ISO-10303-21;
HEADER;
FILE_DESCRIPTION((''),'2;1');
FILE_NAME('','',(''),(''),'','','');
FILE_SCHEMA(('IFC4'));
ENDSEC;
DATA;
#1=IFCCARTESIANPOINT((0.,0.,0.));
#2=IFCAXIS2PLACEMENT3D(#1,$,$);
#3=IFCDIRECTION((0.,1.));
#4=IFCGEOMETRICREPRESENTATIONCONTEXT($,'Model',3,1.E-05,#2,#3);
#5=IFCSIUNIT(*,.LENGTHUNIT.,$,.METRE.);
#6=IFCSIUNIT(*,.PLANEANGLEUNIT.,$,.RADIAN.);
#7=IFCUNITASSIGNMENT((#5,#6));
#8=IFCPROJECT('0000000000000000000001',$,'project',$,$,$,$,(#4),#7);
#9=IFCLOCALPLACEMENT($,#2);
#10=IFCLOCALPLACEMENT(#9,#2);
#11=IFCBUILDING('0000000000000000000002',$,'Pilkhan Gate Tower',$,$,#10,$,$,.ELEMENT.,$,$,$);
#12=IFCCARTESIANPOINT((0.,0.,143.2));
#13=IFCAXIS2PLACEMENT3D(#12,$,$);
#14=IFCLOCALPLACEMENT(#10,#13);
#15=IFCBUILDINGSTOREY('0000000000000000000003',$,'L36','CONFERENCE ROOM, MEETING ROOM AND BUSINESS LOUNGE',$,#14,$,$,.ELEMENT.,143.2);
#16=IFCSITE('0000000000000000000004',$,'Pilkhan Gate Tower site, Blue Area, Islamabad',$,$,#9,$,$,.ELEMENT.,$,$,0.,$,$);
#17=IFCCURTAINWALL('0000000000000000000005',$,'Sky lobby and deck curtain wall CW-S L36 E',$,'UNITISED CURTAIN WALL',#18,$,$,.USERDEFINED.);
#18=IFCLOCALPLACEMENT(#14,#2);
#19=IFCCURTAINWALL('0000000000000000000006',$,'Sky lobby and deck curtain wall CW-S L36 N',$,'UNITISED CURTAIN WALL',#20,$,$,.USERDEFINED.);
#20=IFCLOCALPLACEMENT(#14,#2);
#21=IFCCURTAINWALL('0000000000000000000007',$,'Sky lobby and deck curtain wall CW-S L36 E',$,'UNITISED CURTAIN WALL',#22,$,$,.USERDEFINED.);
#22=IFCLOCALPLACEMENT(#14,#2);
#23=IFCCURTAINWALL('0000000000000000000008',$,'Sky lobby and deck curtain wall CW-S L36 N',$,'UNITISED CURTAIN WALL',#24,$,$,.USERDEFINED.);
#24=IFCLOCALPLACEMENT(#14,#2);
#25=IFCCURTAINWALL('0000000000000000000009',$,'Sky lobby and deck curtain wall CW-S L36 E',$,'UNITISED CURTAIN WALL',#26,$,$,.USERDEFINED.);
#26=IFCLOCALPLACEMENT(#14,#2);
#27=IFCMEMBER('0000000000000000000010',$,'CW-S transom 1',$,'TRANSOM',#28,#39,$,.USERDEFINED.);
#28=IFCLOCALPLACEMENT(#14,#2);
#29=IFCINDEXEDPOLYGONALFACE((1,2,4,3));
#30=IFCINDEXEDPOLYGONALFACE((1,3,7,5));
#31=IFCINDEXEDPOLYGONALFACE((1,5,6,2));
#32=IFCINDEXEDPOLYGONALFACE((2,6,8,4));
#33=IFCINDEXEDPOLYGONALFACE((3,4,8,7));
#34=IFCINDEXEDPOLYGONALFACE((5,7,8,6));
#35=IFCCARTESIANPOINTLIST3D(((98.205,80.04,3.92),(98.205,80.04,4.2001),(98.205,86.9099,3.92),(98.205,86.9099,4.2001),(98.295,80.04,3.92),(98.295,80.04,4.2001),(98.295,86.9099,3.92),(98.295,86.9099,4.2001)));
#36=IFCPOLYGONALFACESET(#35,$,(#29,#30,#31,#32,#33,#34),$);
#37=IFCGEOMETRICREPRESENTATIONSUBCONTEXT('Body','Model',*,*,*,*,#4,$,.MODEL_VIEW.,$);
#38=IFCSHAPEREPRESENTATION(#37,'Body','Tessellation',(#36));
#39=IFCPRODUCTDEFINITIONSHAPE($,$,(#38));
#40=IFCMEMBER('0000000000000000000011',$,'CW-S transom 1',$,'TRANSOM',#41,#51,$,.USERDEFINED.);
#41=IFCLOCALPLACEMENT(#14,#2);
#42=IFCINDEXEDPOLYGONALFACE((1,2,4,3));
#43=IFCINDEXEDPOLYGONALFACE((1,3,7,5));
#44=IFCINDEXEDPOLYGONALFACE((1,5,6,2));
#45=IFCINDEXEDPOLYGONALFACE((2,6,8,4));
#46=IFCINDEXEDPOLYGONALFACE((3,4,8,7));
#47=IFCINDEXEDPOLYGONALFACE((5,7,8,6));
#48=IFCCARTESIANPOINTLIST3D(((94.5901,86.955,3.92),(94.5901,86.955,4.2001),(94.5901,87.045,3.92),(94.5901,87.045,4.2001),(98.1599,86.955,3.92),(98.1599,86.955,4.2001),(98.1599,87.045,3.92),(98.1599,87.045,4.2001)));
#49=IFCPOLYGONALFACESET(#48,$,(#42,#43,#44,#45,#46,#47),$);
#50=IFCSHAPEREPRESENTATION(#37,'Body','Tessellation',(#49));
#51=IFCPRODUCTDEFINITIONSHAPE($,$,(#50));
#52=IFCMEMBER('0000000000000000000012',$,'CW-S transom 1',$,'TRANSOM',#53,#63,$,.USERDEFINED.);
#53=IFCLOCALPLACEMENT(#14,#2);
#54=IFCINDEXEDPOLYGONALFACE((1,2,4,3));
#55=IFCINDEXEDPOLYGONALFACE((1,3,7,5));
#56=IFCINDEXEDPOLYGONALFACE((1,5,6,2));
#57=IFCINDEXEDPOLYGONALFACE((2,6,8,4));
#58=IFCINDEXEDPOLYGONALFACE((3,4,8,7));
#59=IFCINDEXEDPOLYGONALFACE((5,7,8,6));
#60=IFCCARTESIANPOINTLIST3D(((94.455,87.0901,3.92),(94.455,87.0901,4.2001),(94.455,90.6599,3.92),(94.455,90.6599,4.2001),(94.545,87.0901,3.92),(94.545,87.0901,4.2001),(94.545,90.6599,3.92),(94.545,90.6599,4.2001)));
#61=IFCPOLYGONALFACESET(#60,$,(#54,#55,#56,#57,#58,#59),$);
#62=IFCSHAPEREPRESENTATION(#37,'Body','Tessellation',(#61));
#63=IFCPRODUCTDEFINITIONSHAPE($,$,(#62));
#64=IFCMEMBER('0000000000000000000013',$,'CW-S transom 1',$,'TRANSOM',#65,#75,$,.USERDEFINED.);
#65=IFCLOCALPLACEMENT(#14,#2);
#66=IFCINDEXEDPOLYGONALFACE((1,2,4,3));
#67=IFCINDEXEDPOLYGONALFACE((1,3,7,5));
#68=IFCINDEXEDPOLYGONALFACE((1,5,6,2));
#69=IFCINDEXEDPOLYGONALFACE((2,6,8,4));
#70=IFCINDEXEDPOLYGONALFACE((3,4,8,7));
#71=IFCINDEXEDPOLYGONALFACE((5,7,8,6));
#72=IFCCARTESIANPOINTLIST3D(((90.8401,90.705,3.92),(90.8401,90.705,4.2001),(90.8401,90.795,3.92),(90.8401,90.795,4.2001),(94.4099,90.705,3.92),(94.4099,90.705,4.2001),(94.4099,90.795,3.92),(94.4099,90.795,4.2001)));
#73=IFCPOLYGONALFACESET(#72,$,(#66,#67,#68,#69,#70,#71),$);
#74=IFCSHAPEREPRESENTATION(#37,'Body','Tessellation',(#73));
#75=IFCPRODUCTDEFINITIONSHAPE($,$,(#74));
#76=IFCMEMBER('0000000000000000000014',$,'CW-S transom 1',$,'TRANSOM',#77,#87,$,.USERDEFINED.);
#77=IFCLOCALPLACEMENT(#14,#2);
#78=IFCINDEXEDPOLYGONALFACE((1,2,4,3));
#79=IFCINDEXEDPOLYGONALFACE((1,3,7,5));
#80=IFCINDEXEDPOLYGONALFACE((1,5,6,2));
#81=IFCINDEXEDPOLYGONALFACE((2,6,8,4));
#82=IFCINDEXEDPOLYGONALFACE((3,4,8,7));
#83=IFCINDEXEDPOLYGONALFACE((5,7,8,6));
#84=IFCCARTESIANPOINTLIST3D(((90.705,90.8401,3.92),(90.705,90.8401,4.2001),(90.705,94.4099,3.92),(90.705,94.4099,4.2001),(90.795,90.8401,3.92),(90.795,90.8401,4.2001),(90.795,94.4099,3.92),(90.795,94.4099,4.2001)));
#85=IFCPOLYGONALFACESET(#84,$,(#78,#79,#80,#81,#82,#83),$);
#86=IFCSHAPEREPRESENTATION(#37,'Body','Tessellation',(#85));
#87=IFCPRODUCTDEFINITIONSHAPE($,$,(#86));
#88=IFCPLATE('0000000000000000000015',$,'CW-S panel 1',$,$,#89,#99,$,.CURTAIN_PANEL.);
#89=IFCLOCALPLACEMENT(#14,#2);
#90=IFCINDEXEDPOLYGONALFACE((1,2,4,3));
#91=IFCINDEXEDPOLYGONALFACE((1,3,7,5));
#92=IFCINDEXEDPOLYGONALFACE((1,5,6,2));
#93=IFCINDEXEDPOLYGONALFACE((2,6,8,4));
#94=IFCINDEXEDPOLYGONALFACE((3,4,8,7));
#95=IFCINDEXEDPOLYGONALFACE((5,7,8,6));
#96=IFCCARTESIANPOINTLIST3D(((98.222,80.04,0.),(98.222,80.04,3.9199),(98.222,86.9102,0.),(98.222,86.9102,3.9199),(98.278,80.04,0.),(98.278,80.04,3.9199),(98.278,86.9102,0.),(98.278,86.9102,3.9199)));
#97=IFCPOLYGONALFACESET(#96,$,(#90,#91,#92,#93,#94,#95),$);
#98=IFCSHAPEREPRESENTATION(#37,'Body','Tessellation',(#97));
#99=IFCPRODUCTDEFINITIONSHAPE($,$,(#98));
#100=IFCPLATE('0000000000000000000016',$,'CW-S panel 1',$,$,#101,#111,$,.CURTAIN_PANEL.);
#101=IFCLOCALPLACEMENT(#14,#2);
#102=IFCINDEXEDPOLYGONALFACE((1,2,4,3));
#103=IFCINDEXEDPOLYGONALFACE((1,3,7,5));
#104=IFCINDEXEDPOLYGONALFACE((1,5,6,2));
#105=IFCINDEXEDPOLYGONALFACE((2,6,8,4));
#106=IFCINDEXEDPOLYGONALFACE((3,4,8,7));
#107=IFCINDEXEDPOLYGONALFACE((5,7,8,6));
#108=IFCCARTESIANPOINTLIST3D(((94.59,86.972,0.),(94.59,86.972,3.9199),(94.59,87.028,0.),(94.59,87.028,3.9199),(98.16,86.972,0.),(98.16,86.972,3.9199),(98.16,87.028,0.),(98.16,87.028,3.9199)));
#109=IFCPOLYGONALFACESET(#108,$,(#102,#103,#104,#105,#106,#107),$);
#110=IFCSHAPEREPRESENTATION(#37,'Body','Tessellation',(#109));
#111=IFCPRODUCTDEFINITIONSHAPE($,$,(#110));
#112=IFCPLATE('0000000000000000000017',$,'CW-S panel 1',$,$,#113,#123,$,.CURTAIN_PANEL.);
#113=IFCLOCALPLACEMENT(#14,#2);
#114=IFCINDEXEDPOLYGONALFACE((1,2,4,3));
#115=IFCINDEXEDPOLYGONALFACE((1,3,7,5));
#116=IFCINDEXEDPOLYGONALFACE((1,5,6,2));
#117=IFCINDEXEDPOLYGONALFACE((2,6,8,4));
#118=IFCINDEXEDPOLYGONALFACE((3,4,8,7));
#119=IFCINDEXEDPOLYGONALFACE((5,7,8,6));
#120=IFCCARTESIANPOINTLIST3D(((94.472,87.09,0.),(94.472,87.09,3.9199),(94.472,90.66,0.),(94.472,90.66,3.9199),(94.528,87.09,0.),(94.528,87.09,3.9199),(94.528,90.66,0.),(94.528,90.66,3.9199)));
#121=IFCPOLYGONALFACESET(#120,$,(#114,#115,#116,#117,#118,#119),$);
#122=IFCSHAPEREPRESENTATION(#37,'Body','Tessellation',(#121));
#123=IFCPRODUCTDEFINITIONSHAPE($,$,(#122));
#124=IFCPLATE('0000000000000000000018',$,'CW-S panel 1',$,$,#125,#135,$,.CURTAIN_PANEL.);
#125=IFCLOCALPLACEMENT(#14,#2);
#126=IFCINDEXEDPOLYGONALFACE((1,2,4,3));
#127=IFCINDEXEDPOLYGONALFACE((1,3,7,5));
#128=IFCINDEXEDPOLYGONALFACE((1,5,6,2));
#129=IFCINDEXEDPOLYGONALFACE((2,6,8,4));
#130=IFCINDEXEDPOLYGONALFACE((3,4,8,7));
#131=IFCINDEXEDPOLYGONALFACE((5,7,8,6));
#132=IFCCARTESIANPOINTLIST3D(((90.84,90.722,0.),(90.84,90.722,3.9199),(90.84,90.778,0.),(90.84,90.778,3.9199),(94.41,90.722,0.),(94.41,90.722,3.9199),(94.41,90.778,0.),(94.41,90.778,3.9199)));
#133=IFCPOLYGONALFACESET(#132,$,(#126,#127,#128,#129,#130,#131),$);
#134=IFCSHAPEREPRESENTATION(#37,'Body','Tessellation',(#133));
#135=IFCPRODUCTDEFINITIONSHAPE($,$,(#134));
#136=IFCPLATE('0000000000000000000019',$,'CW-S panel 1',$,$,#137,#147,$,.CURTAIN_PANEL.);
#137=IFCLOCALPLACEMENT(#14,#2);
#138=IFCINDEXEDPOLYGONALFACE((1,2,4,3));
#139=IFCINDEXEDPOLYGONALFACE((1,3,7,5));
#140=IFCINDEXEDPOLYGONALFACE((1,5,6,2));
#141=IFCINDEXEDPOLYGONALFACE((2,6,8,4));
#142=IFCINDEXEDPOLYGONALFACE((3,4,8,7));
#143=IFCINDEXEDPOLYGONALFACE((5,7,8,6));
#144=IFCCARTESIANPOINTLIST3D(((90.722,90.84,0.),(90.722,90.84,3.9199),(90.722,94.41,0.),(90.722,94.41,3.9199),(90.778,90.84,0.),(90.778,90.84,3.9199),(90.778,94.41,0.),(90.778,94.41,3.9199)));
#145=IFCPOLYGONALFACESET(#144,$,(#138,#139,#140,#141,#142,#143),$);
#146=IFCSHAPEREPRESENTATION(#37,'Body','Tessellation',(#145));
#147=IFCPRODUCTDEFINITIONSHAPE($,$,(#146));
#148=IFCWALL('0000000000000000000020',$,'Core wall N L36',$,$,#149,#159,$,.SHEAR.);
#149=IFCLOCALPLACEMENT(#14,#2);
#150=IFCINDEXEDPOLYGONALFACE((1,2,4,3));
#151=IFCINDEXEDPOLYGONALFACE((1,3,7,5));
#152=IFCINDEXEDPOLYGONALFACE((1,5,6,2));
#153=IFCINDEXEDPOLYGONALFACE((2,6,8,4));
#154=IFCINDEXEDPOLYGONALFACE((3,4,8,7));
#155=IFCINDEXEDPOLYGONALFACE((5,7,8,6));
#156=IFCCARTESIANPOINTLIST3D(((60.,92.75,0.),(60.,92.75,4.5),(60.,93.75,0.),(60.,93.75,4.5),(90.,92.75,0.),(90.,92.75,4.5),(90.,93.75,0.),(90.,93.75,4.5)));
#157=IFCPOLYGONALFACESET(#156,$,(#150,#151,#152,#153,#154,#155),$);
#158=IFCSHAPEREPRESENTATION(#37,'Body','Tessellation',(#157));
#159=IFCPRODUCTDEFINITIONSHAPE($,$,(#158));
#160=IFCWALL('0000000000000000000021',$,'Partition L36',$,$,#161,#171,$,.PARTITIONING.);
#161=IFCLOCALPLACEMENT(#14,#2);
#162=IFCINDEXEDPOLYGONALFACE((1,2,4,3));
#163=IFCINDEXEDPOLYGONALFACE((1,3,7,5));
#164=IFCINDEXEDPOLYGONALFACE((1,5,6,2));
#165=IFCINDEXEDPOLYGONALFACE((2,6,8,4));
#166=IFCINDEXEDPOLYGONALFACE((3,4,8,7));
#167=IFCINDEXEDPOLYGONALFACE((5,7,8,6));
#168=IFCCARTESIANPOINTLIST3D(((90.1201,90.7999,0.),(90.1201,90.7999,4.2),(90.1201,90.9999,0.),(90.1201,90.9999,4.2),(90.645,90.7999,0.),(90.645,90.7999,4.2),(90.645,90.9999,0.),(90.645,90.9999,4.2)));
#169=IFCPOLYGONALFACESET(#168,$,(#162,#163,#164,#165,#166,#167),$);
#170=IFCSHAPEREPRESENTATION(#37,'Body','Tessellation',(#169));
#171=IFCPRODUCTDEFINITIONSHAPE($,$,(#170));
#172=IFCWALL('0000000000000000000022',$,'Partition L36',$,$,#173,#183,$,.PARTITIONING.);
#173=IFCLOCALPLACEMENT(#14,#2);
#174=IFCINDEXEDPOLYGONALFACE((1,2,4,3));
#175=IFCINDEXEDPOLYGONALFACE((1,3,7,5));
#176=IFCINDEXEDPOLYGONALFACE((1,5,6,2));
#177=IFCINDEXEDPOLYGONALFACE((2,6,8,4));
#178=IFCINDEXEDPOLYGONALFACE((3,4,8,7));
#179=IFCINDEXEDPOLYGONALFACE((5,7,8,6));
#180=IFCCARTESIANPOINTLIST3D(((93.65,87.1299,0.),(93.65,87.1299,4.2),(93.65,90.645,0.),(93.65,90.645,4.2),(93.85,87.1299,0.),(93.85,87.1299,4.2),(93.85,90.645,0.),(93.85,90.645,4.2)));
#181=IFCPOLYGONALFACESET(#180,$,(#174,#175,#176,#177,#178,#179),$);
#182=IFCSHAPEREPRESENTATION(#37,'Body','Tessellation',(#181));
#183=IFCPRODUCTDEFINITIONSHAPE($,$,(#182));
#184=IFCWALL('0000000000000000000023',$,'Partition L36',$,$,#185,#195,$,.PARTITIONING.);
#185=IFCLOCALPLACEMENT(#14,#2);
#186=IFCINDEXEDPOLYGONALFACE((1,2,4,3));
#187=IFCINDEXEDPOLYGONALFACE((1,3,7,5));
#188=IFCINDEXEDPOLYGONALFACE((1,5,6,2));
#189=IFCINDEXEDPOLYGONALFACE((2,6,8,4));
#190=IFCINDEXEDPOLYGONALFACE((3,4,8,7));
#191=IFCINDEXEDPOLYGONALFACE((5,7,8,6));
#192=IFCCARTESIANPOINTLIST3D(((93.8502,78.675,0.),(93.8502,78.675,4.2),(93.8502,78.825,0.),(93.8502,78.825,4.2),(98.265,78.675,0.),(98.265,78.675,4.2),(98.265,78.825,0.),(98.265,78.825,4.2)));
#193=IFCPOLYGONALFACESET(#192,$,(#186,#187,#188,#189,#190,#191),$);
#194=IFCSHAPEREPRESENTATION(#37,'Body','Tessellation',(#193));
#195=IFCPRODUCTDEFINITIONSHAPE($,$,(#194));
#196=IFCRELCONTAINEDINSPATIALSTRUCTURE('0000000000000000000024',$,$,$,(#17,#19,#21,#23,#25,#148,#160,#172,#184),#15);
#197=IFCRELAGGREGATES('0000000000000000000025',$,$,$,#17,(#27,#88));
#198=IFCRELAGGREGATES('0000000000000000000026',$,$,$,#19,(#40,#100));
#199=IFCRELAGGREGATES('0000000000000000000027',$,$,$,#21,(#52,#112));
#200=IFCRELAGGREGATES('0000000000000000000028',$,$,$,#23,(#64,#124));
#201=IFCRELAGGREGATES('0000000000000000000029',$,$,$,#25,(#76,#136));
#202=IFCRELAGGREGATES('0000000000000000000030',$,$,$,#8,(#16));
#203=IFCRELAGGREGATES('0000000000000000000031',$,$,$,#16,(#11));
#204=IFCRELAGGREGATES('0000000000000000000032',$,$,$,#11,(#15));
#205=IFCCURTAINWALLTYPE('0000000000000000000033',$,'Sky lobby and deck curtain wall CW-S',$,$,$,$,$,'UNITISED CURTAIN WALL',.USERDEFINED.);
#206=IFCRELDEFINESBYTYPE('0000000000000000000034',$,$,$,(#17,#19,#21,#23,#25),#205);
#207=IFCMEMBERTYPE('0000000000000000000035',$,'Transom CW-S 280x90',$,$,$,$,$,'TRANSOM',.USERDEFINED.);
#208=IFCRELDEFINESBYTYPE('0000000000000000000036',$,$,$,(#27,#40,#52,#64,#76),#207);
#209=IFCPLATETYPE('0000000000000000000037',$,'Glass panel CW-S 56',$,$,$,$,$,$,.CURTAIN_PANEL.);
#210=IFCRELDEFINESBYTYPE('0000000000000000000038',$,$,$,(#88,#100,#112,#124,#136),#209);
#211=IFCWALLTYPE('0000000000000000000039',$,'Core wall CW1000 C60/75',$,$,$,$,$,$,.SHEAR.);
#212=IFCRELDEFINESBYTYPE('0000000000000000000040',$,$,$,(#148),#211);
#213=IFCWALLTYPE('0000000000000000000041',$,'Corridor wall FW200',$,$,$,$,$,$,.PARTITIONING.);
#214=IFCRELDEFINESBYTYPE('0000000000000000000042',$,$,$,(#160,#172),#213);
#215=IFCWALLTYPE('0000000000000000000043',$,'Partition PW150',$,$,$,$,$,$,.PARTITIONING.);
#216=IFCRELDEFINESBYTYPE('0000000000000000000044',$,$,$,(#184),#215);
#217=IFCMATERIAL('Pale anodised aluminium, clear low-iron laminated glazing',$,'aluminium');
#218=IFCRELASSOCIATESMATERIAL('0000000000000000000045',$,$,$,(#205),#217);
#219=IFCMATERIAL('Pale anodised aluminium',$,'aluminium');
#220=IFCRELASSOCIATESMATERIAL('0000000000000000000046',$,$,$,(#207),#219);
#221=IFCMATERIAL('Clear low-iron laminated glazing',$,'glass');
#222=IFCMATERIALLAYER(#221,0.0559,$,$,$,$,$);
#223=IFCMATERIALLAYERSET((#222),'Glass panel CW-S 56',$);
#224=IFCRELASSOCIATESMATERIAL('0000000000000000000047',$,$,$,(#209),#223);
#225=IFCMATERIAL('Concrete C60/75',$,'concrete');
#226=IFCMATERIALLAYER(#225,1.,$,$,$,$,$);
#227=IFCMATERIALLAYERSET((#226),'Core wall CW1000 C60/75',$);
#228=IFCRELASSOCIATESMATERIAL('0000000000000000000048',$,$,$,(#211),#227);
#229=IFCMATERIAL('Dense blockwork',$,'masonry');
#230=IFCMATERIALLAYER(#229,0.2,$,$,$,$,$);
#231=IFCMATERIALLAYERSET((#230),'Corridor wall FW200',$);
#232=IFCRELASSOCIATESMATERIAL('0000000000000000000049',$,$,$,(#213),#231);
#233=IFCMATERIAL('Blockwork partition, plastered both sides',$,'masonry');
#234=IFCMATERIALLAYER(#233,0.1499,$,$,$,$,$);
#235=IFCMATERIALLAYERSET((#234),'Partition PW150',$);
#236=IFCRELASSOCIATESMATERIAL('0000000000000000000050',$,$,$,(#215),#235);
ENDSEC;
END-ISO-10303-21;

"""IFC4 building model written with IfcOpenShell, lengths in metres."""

from ifc_helpers import new_model, si_unit, direction, frame, frame_2d, origin, origin_2d, place, context, subcontext, project, spatial, rectangle, extrude, material, layer, layer_set, material_profile, profile_set, type_object, element, aggregate, save


model = new_model("IFC4")

# Units and contexts
model_context = context("Model", 3, precision=1e-05, world=origin(), true_north=direction((0.0, 1.0)))
body_context = subcontext(model_context, "Body", "Model", "MODEL_VIEW")
ifc_project = project(units=[si_unit("LENGTHUNIT", "METRE"), si_unit("PLANEANGLEUNIT", "RADIAN")], contexts=[model_context])

# Site, building, storey
site_placement = place(None, origin())
site = spatial("IfcSite", under=ifc_project, at=site_placement, Name="Pilkhan Gate Tower site, Blue Area, Islamabad", CompositionType="ELEMENT", RefElevation=0.0)
building_placement = place(site_placement, origin())
building = spatial("IfcBuilding", under=site, at=building_placement, Name="Pilkhan Gate Tower", CompositionType="ELEMENT")
storey_placement = place(building_placement, frame((0.0, 0.0, 143.2)))
storey = spatial("IfcBuildingStorey", under=building, at=storey_placement, Name="L36", Description="CONFERENCE ROOM, MEETING ROOM AND BUSINESS LOUNGE", CompositionType="ELEMENT", Elevation=143.2)

# Shared definitions
ifc_material_1 = material(Name="Concrete C60/75", Category="concrete")

# Shared definitions
ifc_material_2 = material(Name="Pale anodised aluminium, clear low-iron laminated glazing", Category="aluminium")
curtain_wall_type = type_object("IfcCurtainWallType", Name="Sky lobby and deck curtain wall CW-S", ElementType="UNITISED CURTAIN WALL", PredefinedType="USERDEFINED", material=ifc_material_2)
ifc_material_3 = material(Name="Pale anodised aluminium", Category="aluminium")

# Curtain walls
curtain_wall_1_placement = place(storey_placement, origin())
curtain_wall_1 = element("IfcCurtainWall", 1, at=curtain_wall_1_placement, inside=storey, type_object=curtain_wall_type, Name="Sky lobby and deck curtain wall CW-S L36 E", ObjectType="UNITISED CURTAIN WALL", PredefinedType="USERDEFINED")
curtain_wall_2_placement = place(storey_placement, origin())
curtain_wall_2 = element("IfcCurtainWall", 2, at=curtain_wall_2_placement, inside=storey, type_object=curtain_wall_type, Name="Sky lobby and deck curtain wall CW-S L36 N", ObjectType="UNITISED CURTAIN WALL", PredefinedType="USERDEFINED")
curtain_wall_3_placement = place(storey_placement, origin())
curtain_wall_3 = element("IfcCurtainWall", 3, at=curtain_wall_3_placement, inside=storey, type_object=curtain_wall_type, Name="Sky lobby and deck curtain wall CW-S L36 E", ObjectType="UNITISED CURTAIN WALL", PredefinedType="USERDEFINED")
curtain_wall_4_placement = place(storey_placement, origin())
curtain_wall_4 = element("IfcCurtainWall", 4, at=curtain_wall_4_placement, inside=storey, type_object=curtain_wall_type, Name="Sky lobby and deck curtain wall CW-S L36 N", ObjectType="UNITISED CURTAIN WALL", PredefinedType="USERDEFINED")
curtain_wall_5_placement = place(storey_placement, origin())
curtain_wall_5 = element("IfcCurtainWall", 5, at=curtain_wall_5_placement, inside=storey, type_object=curtain_wall_type, Name="Sky lobby and deck curtain wall CW-S L36 E", ObjectType="UNITISED CURTAIN WALL", PredefinedType="USERDEFINED")

# Members
ifc_material_profile_1 = material_profile(ifc_material_3, rectangle(XDim=0.0901, YDim=0.28, at=origin_2d()), Name="Transom 280x90")
ifc_profile_set_1 = profile_set([ifc_material_profile_1], Name="Pale anodised aluminium")
member_type_1 = type_object("IfcMemberType", Name="Transom CW-S 280x90", ElementType="TRANSOM", PredefinedType="USERDEFINED", material=ifc_profile_set_1)
member_1_placement = place(storey_placement, frame((98.25, 80.04, 4.0601), z_axis=(0.0, 1.0, 0.0), x_axis=(-1.0, 0.0, 0.0)))
member_1 = element("IfcMember", 6, at=member_1_placement, type_object=member_type_1, Name="CW-S transom 1", ObjectType="TRANSOM", PredefinedType="USERDEFINED", context=body_context, shape_type="SweptSolid", body=[
    extrude(rectangle(XDim=0.0901, YDim=0.28, at=origin_2d()), origin(), (0.0, 0.0, 1.0), 6.8699),
])
member_2_placement = place(storey_placement, frame((94.5901, 87.0, 4.0601), z_axis=(1.0, 0.0, 0.0), x_axis=(0.0, 1.0, 0.0)))
member_2 = element("IfcMember", 7, at=member_2_placement, type_object=member_type_1, Name="CW-S transom 1", ObjectType="TRANSOM", PredefinedType="USERDEFINED", context=body_context, shape_type="SweptSolid", body=[
    extrude(rectangle(XDim=0.0901, YDim=0.28, at=origin_2d()), origin(), (0.0, 0.0, 1.0), 3.5698),
])
member_3_placement = place(storey_placement, frame((94.5, 87.0901, 4.0601), z_axis=(0.0, 1.0, 0.0), x_axis=(-1.0, 0.0, 0.0)))
member_3 = element("IfcMember", 8, at=member_3_placement, type_object=member_type_1, Name="CW-S transom 1", ObjectType="TRANSOM", PredefinedType="USERDEFINED", context=body_context, shape_type="SweptSolid", body=[
    extrude(rectangle(XDim=0.0901, YDim=0.28, at=origin_2d()), origin(), (0.0, 0.0, 1.0), 3.5698),
])
member_4_placement = place(storey_placement, frame((90.8401, 90.75, 4.0601), z_axis=(1.0, 0.0, 0.0), x_axis=(0.0, 1.0, 0.0)))
member_4 = element("IfcMember", 9, at=member_4_placement, type_object=member_type_1, Name="CW-S transom 1", ObjectType="TRANSOM", PredefinedType="USERDEFINED", context=body_context, shape_type="SweptSolid", body=[
    extrude(rectangle(XDim=0.0901, YDim=0.28, at=origin_2d()), origin(), (0.0, 0.0, 1.0), 3.5698),
])
member_5_placement = place(storey_placement, frame((90.75, 90.8401, 4.0601), z_axis=(0.0, 1.0, 0.0), x_axis=(-1.0, 0.0, 0.0)))
member_5 = element("IfcMember", 10, at=member_5_placement, type_object=member_type_1, Name="CW-S transom 1", ObjectType="TRANSOM", PredefinedType="USERDEFINED", context=body_context, shape_type="SweptSolid", body=[
    extrude(rectangle(XDim=0.0901, YDim=0.28, at=origin_2d()), origin(), (0.0, 0.0, 1.0), 3.5698),
])

# Plates
ifc_material_4 = material(Name="Clear low-iron laminated glazing", Category="glass")
ifc_layer_1 = layer(ifc_material_4, 0.0559)
ifc_layer_set_1 = layer_set([ifc_layer_1], Name="Glass panel CW-S 56")
plate_type = type_object("IfcPlateType", Name="Glass panel CW-S 56", PredefinedType="CURTAIN_PANEL", material=ifc_layer_set_1)
plate_1_placement = place(storey_placement, frame((98.25, 83.4751, 0.0), z_axis=(0.0, 0.0, 1.0), x_axis=(0.0, 1.0, 0.0)))
plate_1 = element("IfcPlate", 11, at=plate_1_placement, type_object=plate_type, Name="CW-S panel 1", PredefinedType="CURTAIN_PANEL", context=body_context, shape_type="SweptSolid", body=[
    extrude(rectangle(XDim=6.8701, YDim=0.0559, at=origin_2d()), origin(), (0.0, 0.0, 1.0), 3.9199),
])
aggregate(curtain_wall_1, [member_1, plate_1])
plate_2_placement = place(storey_placement, frame((96.375, 87.0, 0.0), z_axis=(0.0, 0.0, 1.0), x_axis=(1.0, 0.0, 0.0)))
plate_2 = element("IfcPlate", 12, at=plate_2_placement, type_object=plate_type, Name="CW-S panel 1", PredefinedType="CURTAIN_PANEL", context=body_context, shape_type="SweptSolid", body=[
    extrude(rectangle(XDim=3.5701, YDim=0.0559, at=origin_2d()), origin(), (0.0, 0.0, 1.0), 3.9199),
])
aggregate(curtain_wall_2, [member_2, plate_2])
plate_3_placement = place(storey_placement, frame((94.5, 88.875, 0.0), z_axis=(0.0, 0.0, 1.0), x_axis=(0.0, 1.0, 0.0)))
plate_3 = element("IfcPlate", 13, at=plate_3_placement, type_object=plate_type, Name="CW-S panel 1", PredefinedType="CURTAIN_PANEL", context=body_context, shape_type="SweptSolid", body=[
    extrude(rectangle(XDim=3.5701, YDim=0.0559, at=origin_2d()), origin(), (0.0, 0.0, 1.0), 3.9199),
])
aggregate(curtain_wall_3, [member_3, plate_3])
plate_4_placement = place(storey_placement, frame((92.625, 90.75, 0.0), z_axis=(0.0, 0.0, 1.0), x_axis=(1.0, 0.0, 0.0)))
plate_4 = element("IfcPlate", 14, at=plate_4_placement, type_object=plate_type, Name="CW-S panel 1", PredefinedType="CURTAIN_PANEL", context=body_context, shape_type="SweptSolid", body=[
    extrude(rectangle(XDim=3.5701, YDim=0.0559, at=origin_2d()), origin(), (0.0, 0.0, 1.0), 3.9199),
])
aggregate(curtain_wall_4, [member_4, plate_4])
plate_5_placement = place(storey_placement, frame((90.75, 92.625, 0.0), z_axis=(0.0, 0.0, 1.0), x_axis=(0.0, 1.0, 0.0)))
plate_5 = element("IfcPlate", 15, at=plate_5_placement, type_object=plate_type, Name="CW-S panel 1", PredefinedType="CURTAIN_PANEL", context=body_context, shape_type="SweptSolid", body=[
    extrude(rectangle(XDim=3.5701, YDim=0.0559, at=origin_2d()), origin(), (0.0, 0.0, 1.0), 3.9199),
])
aggregate(curtain_wall_5, [member_5, plate_5])

# Walls
ifc_layer_2 = layer(ifc_material_1, 1.0)
ifc_layer_set_2 = layer_set([ifc_layer_2], Name="Core wall CW1000 C60/75")
wall_type_1 = type_object("IfcWallType", Name="Core wall CW1000 C60/75", PredefinedType="SHEAR", material=ifc_layer_set_2)
wall_1_placement = place(storey_placement, frame((90.0, 93.25, 0.0), z_axis=(0.0, 0.0, 1.0), x_axis=(-1.0, 0.0, 0.0)))
element("IfcWall", 16, at=wall_1_placement, inside=storey, type_object=wall_type_1, Name="Core wall N L36", PredefinedType="SHEAR", context=body_context, shape_type="SweptSolid", body=[
    extrude(rectangle(XDim=30.0, YDim=1.0, at=frame_2d((15.0, 0.0))), origin(), (0.0, 0.0, 1.0), 4.5),
])
ifc_material_5 = material(Name="Dense blockwork", Category="masonry")
ifc_layer_3 = layer(ifc_material_5, 0.2)
ifc_layer_set_3 = layer_set([ifc_layer_3], Name="Corridor wall FW200")
wall_type_2 = type_object("IfcWallType", Name="Corridor wall FW200", PredefinedType="PARTITIONING", material=ifc_layer_set_3)
wall_2_placement = place(storey_placement, frame((90.1201, 90.8999, 0.0), z_axis=(0.0, 0.0, 1.0), x_axis=(1.0, 0.0, 0.0)))
element("IfcWall", 17, at=wall_2_placement, inside=storey, type_object=wall_type_2, Name="Partition L36", PredefinedType="PARTITIONING", context=body_context, shape_type="SweptSolid", body=[
    extrude(rectangle(XDim=0.5249, YDim=0.2, at=frame_2d((0.2625, 0.0))), origin(), (0.0, 0.0, 1.0), 4.2),
])
wall_3_placement = place(storey_placement, frame((93.75, 87.1299, 0.0), z_axis=(0.0, 0.0, 1.0), x_axis=(0.0, 1.0, 0.0)))
element("IfcWall", 18, at=wall_3_placement, inside=storey, type_object=wall_type_2, Name="Partition L36", PredefinedType="PARTITIONING", context=body_context, shape_type="SweptSolid", body=[
    extrude(rectangle(XDim=3.5151, YDim=0.2, at=frame_2d((1.7576, 0.0))), origin(), (0.0, 0.0, 1.0), 4.2),
])
ifc_material_6 = material(Name="Blockwork partition, plastered both sides", Category="masonry")
ifc_layer_4 = layer(ifc_material_6, 0.1499)
ifc_layer_set_4 = layer_set([ifc_layer_4], Name="Partition PW150")
wall_type_3 = type_object("IfcWallType", Name="Partition PW150", PredefinedType="PARTITIONING", material=ifc_layer_set_4)
for number, where, z_axis, x_axis, name in (
    (19, (93.8501, 78.75, 0.0), (0.0, 0.0, 1.0), (1.0, 0.0, 0.0), "Partition L36"),
):
    element("IfcWall", number, at=place(storey_placement, frame(where, z_axis=z_axis, x_axis=x_axis)), inside=storey, type_object=wall_type_3, Name=name, PredefinedType="PARTITIONING", context=body_context, shape_type="SweptSolid", body=[
        extrude(rectangle(XDim=4.4148, YDim=0.1499, at=frame_2d((2.2075, 0.0))), origin(), (0.0, 0.0, 1.0), 4.2),
    ])

save(model, "model.ifc")
